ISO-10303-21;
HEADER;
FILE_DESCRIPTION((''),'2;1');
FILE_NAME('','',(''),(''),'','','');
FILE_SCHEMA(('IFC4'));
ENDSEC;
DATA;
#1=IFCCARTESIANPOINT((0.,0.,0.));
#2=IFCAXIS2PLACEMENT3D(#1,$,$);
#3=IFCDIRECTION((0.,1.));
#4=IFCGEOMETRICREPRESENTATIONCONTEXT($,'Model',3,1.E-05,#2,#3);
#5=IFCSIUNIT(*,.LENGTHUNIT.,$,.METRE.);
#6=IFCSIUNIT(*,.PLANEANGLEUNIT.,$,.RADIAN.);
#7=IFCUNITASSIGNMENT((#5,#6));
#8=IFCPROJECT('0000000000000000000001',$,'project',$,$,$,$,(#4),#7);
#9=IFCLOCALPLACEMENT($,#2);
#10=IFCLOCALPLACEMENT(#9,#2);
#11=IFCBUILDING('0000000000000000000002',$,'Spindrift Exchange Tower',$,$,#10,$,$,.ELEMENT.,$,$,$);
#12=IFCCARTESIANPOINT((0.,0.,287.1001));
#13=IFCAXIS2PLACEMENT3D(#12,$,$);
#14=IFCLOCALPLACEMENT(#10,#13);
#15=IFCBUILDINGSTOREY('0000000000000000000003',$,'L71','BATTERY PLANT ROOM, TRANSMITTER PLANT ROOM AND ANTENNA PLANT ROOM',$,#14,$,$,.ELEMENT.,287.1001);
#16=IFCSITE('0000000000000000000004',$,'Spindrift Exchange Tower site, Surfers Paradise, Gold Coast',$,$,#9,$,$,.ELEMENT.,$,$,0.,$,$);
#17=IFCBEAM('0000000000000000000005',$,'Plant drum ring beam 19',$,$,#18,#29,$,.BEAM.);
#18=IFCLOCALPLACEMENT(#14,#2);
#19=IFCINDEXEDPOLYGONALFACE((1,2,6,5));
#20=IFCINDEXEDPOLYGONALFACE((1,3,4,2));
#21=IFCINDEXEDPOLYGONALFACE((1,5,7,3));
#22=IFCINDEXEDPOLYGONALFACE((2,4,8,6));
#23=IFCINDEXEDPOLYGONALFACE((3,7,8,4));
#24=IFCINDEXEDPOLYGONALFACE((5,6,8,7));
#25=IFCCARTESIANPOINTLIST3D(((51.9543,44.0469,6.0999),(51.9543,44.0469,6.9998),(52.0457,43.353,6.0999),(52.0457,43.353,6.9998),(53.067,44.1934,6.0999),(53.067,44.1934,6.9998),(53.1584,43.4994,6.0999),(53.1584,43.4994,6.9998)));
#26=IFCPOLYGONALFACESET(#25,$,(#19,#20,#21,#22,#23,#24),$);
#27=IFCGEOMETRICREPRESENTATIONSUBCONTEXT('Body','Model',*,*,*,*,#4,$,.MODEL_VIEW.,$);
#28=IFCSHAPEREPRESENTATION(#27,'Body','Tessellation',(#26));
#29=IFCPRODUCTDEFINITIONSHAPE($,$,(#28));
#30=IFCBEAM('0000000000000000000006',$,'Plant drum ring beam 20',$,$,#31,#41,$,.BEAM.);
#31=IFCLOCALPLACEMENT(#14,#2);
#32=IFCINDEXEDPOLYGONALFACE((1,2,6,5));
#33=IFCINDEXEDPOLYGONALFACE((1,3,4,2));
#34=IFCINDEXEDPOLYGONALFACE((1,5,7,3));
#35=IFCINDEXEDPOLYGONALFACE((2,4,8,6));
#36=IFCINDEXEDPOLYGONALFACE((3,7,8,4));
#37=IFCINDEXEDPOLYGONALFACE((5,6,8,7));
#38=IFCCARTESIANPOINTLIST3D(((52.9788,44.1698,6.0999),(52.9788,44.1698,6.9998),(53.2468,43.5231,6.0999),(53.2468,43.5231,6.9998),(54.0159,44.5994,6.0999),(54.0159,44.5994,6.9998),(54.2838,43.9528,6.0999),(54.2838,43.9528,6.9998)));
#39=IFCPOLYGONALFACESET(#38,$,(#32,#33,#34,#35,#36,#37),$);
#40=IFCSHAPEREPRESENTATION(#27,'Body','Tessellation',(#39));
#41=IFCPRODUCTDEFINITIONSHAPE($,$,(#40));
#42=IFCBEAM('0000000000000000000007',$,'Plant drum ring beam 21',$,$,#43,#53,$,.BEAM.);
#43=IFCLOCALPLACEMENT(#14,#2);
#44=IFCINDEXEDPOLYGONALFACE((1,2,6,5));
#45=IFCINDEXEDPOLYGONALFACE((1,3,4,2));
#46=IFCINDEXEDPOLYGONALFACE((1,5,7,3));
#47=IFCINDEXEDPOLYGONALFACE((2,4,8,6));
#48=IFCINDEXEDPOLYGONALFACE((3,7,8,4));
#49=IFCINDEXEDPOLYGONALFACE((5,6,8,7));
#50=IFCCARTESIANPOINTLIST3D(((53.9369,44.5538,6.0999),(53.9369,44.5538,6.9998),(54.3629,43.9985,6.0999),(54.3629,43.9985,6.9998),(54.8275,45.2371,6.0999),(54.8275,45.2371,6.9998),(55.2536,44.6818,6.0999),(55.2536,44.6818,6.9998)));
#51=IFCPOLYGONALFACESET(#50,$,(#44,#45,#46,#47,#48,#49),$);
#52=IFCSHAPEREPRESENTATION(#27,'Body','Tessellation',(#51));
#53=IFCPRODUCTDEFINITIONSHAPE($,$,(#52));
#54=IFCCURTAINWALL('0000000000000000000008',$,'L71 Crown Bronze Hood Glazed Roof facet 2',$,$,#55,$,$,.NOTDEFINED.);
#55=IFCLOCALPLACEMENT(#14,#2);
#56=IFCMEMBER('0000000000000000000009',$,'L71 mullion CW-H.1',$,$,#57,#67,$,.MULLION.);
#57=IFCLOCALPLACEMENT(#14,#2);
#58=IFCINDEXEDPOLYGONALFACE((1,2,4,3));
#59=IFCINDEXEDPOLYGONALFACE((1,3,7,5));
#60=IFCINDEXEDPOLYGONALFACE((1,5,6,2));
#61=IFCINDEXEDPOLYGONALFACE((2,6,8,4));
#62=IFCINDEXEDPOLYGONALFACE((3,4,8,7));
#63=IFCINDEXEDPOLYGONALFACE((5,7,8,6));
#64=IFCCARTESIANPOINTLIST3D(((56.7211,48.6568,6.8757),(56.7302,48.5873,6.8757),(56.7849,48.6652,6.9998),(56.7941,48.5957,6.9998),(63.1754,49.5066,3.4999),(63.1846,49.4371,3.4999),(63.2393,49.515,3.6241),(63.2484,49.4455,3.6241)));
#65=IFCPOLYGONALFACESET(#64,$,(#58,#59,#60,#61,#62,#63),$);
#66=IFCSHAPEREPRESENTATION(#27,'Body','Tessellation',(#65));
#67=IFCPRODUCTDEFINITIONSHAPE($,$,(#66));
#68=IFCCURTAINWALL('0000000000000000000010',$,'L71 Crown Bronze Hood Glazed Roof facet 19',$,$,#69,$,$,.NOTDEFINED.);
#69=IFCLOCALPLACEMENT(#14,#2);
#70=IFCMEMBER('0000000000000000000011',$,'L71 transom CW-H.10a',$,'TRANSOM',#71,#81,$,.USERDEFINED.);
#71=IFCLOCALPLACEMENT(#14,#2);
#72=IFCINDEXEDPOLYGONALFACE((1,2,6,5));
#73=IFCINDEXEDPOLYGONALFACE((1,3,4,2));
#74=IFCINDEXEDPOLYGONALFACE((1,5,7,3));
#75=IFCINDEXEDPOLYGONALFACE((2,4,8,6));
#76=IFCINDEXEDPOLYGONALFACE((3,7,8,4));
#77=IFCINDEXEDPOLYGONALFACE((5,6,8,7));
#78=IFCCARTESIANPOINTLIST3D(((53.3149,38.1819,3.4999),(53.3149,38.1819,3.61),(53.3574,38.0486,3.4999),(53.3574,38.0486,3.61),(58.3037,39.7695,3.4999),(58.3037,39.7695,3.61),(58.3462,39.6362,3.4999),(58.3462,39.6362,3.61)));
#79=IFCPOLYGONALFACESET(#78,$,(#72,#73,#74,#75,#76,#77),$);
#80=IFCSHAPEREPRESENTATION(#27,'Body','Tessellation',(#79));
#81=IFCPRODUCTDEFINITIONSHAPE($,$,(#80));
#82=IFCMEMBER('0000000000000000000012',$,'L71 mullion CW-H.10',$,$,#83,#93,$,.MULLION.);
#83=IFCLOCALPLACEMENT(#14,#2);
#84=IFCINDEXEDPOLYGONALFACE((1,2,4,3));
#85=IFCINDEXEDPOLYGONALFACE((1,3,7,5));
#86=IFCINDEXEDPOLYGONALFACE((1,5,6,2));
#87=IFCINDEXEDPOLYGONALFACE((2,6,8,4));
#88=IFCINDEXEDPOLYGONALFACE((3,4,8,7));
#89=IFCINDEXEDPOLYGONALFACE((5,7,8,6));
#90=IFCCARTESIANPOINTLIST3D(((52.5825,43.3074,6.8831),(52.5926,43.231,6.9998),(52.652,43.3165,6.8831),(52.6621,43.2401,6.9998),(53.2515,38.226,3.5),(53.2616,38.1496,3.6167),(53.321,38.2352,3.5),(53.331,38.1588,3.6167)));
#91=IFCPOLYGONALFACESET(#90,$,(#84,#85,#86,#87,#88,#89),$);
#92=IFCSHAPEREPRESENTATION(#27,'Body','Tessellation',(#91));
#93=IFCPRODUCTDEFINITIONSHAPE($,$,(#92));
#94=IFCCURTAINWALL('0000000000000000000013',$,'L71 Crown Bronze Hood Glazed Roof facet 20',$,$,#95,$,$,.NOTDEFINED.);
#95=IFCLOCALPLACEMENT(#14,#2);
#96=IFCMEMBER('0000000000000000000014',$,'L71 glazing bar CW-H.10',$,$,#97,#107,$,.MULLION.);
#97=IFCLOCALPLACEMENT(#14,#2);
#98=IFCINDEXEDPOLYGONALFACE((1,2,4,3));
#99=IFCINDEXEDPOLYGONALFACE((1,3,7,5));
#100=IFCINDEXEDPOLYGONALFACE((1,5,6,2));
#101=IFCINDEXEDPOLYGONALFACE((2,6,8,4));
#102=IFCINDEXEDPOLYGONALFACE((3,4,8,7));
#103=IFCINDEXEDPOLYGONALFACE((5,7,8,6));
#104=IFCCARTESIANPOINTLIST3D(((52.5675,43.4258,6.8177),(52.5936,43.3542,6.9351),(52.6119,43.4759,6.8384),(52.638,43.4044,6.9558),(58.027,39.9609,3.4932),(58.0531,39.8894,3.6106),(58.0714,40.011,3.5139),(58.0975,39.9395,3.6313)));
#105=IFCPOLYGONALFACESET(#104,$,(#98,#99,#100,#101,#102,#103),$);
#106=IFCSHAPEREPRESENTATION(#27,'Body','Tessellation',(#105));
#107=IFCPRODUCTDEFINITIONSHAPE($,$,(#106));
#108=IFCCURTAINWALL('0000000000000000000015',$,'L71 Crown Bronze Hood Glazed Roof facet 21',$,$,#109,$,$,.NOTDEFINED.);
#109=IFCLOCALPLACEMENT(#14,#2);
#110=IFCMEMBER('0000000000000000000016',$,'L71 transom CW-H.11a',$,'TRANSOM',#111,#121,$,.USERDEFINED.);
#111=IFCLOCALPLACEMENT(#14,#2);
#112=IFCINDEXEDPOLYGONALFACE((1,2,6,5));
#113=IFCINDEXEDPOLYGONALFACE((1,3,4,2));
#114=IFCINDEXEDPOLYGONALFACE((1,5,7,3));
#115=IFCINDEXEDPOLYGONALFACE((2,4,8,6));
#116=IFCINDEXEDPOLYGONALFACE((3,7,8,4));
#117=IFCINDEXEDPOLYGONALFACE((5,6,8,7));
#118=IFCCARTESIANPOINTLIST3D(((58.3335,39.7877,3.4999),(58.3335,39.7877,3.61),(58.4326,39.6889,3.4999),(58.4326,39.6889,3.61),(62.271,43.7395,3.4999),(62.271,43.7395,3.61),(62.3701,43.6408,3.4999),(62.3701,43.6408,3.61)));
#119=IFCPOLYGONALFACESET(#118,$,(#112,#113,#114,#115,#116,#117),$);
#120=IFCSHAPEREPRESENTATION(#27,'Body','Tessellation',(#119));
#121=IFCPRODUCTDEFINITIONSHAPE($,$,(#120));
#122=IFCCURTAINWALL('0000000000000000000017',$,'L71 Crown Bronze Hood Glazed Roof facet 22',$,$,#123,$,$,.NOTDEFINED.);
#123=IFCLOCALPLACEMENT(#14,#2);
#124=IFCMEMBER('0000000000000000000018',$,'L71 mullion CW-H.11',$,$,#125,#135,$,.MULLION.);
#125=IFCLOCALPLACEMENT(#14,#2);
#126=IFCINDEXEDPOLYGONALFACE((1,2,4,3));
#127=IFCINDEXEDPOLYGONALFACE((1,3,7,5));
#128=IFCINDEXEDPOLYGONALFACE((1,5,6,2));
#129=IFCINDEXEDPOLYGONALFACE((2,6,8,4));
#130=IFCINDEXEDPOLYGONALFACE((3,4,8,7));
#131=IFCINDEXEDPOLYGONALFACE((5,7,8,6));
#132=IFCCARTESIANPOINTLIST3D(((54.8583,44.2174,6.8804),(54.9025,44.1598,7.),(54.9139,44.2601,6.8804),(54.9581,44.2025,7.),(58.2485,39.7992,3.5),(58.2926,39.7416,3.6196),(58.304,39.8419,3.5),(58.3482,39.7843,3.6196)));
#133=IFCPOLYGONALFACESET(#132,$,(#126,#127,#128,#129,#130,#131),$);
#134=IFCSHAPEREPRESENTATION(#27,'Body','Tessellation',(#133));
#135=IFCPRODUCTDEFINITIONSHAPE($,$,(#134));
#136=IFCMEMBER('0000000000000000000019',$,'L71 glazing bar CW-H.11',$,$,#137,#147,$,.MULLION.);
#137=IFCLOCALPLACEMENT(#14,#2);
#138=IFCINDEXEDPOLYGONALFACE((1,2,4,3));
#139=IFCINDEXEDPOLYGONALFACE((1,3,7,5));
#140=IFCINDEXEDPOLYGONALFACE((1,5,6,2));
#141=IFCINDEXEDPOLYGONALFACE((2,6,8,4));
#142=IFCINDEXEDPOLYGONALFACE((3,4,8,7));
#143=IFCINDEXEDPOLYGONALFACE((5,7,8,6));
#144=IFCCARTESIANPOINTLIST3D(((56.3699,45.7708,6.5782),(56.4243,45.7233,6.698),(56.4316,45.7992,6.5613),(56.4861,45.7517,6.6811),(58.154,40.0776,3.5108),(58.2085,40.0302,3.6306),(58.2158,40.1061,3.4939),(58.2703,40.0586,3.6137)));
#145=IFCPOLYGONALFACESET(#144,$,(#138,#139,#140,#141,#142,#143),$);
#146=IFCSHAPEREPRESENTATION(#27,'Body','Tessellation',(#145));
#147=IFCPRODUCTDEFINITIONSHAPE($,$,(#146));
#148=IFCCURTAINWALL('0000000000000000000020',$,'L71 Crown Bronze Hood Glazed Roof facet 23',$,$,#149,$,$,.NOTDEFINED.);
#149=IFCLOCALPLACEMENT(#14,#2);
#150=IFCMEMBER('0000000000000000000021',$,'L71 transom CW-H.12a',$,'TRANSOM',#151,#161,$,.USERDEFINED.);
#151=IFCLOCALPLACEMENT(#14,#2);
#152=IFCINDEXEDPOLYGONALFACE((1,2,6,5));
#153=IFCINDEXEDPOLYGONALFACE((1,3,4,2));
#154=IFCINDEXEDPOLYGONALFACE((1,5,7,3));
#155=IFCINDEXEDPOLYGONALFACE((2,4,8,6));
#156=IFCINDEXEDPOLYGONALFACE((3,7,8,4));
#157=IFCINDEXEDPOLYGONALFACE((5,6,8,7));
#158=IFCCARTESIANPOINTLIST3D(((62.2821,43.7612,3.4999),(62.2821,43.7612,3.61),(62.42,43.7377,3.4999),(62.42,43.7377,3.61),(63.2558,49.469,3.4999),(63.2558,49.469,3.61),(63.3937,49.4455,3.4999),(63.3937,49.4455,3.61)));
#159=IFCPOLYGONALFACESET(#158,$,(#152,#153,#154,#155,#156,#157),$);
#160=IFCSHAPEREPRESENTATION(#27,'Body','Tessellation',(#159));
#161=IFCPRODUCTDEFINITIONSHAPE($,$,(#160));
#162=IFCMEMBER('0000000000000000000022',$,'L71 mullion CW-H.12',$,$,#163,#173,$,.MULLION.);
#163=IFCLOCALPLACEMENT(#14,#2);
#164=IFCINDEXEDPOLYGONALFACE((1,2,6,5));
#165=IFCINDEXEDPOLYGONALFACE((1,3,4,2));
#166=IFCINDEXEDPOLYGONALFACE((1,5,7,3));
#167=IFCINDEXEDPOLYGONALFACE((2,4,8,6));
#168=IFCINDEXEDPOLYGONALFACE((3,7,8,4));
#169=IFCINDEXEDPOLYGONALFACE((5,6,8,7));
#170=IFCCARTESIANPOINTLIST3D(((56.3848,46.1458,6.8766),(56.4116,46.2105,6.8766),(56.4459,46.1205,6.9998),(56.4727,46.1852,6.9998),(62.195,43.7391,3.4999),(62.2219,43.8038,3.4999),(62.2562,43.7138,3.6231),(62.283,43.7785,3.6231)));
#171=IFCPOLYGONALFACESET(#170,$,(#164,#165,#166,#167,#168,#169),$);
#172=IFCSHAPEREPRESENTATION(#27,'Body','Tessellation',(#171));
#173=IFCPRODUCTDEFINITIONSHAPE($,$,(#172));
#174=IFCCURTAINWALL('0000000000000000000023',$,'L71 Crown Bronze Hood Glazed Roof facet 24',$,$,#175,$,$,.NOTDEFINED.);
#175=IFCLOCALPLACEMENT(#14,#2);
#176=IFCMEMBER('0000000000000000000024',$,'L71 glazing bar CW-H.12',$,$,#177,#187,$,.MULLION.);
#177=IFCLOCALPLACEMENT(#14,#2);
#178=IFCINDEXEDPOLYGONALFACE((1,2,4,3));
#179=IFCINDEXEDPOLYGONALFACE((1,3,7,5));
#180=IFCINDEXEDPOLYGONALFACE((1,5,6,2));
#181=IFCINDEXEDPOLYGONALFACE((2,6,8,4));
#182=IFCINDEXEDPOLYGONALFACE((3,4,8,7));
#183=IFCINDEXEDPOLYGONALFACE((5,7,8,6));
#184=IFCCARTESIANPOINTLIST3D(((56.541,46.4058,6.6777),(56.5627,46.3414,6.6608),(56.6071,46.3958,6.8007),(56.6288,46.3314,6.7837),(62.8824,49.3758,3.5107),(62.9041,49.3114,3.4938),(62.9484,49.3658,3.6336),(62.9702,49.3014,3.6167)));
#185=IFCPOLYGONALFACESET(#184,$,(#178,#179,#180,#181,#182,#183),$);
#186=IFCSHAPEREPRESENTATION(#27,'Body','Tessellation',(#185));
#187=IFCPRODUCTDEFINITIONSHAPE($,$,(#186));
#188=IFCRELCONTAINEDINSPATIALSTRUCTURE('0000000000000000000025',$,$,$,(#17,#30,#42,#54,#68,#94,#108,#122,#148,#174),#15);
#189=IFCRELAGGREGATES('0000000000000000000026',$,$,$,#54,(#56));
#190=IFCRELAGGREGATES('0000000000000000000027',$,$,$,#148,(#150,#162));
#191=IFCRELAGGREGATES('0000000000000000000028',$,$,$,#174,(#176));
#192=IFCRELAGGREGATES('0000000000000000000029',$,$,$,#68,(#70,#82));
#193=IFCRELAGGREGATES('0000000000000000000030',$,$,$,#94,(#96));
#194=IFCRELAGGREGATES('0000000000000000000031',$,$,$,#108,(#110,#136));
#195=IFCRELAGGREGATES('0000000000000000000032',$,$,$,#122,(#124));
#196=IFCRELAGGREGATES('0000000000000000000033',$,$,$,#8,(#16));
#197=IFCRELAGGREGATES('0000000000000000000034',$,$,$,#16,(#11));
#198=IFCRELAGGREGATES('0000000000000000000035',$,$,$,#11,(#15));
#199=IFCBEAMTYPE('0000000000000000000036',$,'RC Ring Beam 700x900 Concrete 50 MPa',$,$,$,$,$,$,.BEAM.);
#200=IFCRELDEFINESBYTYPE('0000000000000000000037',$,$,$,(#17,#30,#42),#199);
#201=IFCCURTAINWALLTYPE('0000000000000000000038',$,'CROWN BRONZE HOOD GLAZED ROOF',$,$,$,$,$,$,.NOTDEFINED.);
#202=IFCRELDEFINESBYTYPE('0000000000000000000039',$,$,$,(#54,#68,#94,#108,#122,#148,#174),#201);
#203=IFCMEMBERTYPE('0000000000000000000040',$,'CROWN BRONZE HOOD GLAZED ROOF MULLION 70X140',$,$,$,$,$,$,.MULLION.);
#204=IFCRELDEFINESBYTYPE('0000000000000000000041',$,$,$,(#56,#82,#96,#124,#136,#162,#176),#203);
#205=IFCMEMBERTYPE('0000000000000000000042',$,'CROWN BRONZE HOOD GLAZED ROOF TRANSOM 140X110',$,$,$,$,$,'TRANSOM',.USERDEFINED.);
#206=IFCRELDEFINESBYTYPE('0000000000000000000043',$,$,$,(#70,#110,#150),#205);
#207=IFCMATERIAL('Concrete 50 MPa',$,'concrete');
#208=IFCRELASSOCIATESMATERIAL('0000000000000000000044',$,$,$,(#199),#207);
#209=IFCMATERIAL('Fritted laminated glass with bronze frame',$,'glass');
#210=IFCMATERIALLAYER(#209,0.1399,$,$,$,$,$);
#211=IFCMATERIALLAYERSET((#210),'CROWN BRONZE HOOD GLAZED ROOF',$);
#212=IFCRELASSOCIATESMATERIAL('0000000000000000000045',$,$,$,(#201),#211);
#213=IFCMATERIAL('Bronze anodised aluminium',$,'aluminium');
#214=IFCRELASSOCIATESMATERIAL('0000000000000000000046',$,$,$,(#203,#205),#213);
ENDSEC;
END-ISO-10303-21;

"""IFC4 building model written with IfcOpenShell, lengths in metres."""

from ifc_helpers import new_model, si_unit, direction, frame, origin, origin_2d, place, context, subcontext, project, spatial, rectangle, extrude, source, transform, mapped, material, layer, layer_set, material_profile, profile_set, type_object, element, aggregate, save


model = new_model("IFC4")

# Units and contexts
model_context = context("Model", 3, precision=1e-05, world=origin(), true_north=direction((0.0, 1.0)))
body_context = subcontext(model_context, "Body", "Model", "MODEL_VIEW")
ifc_project = project(units=[si_unit("LENGTHUNIT", "METRE"), si_unit("PLANEANGLEUNIT", "RADIAN")], contexts=[model_context])

# Site, building, storey
site_placement = place(None, origin())
site = spatial("IfcSite", under=ifc_project, at=site_placement, Name="Spindrift Exchange Tower site, Surfers Paradise, Gold Coast", CompositionType="ELEMENT", RefElevation=0.0)
building_placement = place(site_placement, origin())
building = spatial("IfcBuilding", under=site, at=building_placement, Name="Spindrift Exchange Tower", CompositionType="ELEMENT")
storey_placement = place(building_placement, frame((0.0, 0.0, 287.1001)))
storey = spatial("IfcBuildingStorey", under=building, at=storey_placement, Name="L71", Description="BATTERY PLANT ROOM, TRANSMITTER PLANT ROOM AND ANTENNA PLANT ROOM", CompositionType="ELEMENT", Elevation=287.1001)

# Beams
ifc_material_1 = material(Name="Concrete 50 MPa", Category="concrete")
ifc_material_profile_1 = material_profile(ifc_material_1, rectangle(XDim=0.7, YDim=0.8999, at=origin_2d()), Name="RC 700x900")
ifc_profile_set_1 = profile_set([ifc_material_profile_1], Name="Concrete 50 MPa")
beam_type = type_object("IfcBeamType", Name="RC Ring Beam 700x900 Concrete 50 MPa", PredefinedType="BEAM", material=ifc_profile_set_1)
shared_shape_1 = source(origin(), body_context, "Body", "SweptSolid", [
    extrude(rectangle(XDim=0.7, YDim=0.8999, at=origin_2d()), origin(), (0.0, 0.0, 1.0), 1.1223),
])
beam_placement = place(storey_placement, frame((52.0, 43.7, 6.5498), z_axis=(0.991447, 0.130511, 0.0), x_axis=(-0.130511, 0.991447, 0.0)))
element("IfcBeam", 1, at=beam_placement, inside=storey, type_object=beam_type, Name="Plant drum ring beam 19", PredefinedType="BEAM", context=body_context, shape_type="MappedRepresentation", body=[
    mapped(shared_shape_1, transform((0.0, 0.0, 0.0), scale=1.0)),
])
shared_shape_2 = source(origin(), body_context, "Body", "SweptSolid", [
    extrude(rectangle(XDim=0.7, YDim=0.8999, at=origin_2d()), origin(), (0.0, 0.0, 1.0), 1.1226),
])
for number, where, z_axis, x_axis, name in (
    (2, (53.1128, 43.8464, 6.5498), (0.923847, 0.382762, 0.0), (-0.382762, 0.923847, 0.0), "Plant drum ring beam 20"),
    (3, (54.1499, 44.2761, 6.5498), (0.793375, 0.608733, 0.0), (-0.608733, 0.793375, 0.0), "Plant drum ring beam 21"),
):
    element("IfcBeam", number, at=place(storey_placement, frame(where, z_axis=z_axis, x_axis=x_axis)), inside=storey, type_object=beam_type, Name=name, PredefinedType="BEAM", context=body_context, shape_type="MappedRepresentation", body=[
        mapped(shared_shape_2, transform((0.0, 0.0, 0.0), scale=1.0)),
    ])

# Curtain wall, member
ifc_material_2 = material(Name="Fritted laminated glass with bronze frame", Category="glass")
ifc_layer_1 = layer(ifc_material_2, 0.1399)
ifc_layer_set_1 = layer_set([ifc_layer_1], Name="CROWN BRONZE HOOD GLAZED ROOF")
curtain_wall_type = type_object("IfcCurtainWallType", Name="CROWN BRONZE HOOD GLAZED ROOF", PredefinedType="NOTDEFINED", material=ifc_layer_set_1)
curtain_wall_1_placement = place(storey_placement, origin())
curtain_wall_1 = element("IfcCurtainWall", 4, at=curtain_wall_1_placement, inside=storey, type_object=curtain_wall_type, Name="L71 Crown Bronze Hood Glazed Roof facet 2", PredefinedType="NOTDEFINED")
ifc_material_3 = material(Name="Bronze anodised aluminium", Category="aluminium")
ifc_material_profile_2 = material_profile(ifc_material_3, rectangle(XDim=0.0701, YDim=0.1399, at=origin_2d()), Name="CROWN BRONZE HOOD GLAZED ROOF MULLION 70X140")
ifc_profile_set_2 = profile_set([ifc_material_profile_2], Name="Bronze anodised aluminium")
member_type_1 = type_object("IfcMemberType", Name="CROWN BRONZE HOOD GLAZED ROOF MULLION 70X140", PredefinedType="MULLION", material=ifc_profile_set_2)
shared_shape_3 = source(origin(), body_context, "Body", "SweptSolid", [
    extrude(rectangle(XDim=0.0701, YDim=0.1399, at=origin_2d()), origin(), (0.0, 0.0, 1.0), 7.3333),
])
member_1_placement = place(storey_placement, frame((63.2119, 49.4761, 3.562), z_axis=(-0.880149, -0.115891, 0.460333), x_axis=(0.130545, -0.991442, 0.0)))
member_1 = element("IfcMember", 5, at=member_1_placement, type_object=member_type_1, Name="L71 mullion CW-H.1", PredefinedType="MULLION", context=body_context, shape_type="MappedRepresentation", body=[
    mapped(shared_shape_3, transform((0.0, 0.0, 0.0), scale=1.0)),
])
aggregate(curtain_wall_1, [member_1])

# Curtain wall, members
curtain_wall_2_placement = place(storey_placement, origin())
curtain_wall_2 = element("IfcCurtainWall", 6, at=curtain_wall_2_placement, inside=storey, type_object=curtain_wall_type, Name="L71 Crown Bronze Hood Glazed Roof facet 19", PredefinedType="NOTDEFINED")
ifc_material_profile_3 = material_profile(ifc_material_3, rectangle(XDim=0.1399, YDim=0.1101, at=origin_2d()), Name="CROWN BRONZE HOOD GLAZED ROOF TRANSOM 140X110")
ifc_profile_set_3 = profile_set([ifc_material_profile_3], Name="Bronze anodised aluminium")
member_type_2 = type_object("IfcMemberType", Name="CROWN BRONZE HOOD GLAZED ROOF TRANSOM 140X110", ElementType="TRANSOM", PredefinedType="USERDEFINED", material=ifc_profile_set_3)
shared_shape_4 = source(origin(), body_context, "Body", "SweptSolid", [
    extrude(rectangle(XDim=0.1399, YDim=0.1101, at=origin_2d()), origin(), (0.0, 0.0, 1.0), 5.2354),
])
member_2_placement = place(storey_placement, frame((58.325, 39.7029, 3.5549), z_axis=(-0.952909, -0.303258, 0.0), x_axis=(0.303258, -0.952909, 0.0)))
member_2 = element("IfcMember", 7, at=member_2_placement, type_object=member_type_2, Name="L71 transom CW-H.10a", ObjectType="TRANSOM", PredefinedType="USERDEFINED", context=body_context, shape_type="MappedRepresentation", body=[
    mapped(shared_shape_4, transform((0.0, 0.0, 0.0), scale=1.0)),
])
shared_shape_5 = source(origin(), body_context, "Body", "SweptSolid", [
    extrude(rectangle(XDim=0.0701, YDim=0.1399, at=origin_2d()), origin(), (0.0, 0.0, 1.0), 6.1411),
])
member_3_placement = place(storey_placement, frame((53.2913, 38.1924, 3.5583), z_axis=(-0.108931, 0.827435, 0.550895), x_axis=(-0.991445, -0.130522, 0.0)))
member_3 = element("IfcMember", 8, at=member_3_placement, type_object=member_type_1, Name="L71 mullion CW-H.10", PredefinedType="MULLION", context=body_context, shape_type="MappedRepresentation", body=[
    mapped(shared_shape_5, transform((0.0, 0.0, 0.0), scale=1.0)),
])

# Curtain walls, members
curtain_wall_3_placement = place(storey_placement, origin())
curtain_wall_3 = element("IfcCurtainWall", 9, at=curtain_wall_3_placement, inside=storey, type_object=curtain_wall_type, Name="L71 Crown Bronze Hood Glazed Roof facet 20", PredefinedType="NOTDEFINED")
shared_shape_6 = source(origin(), body_context, "Body", "SweptSolid", [
    extrude(rectangle(XDim=0.0701, YDim=0.1399, at=origin_2d()), origin(), (0.0, 0.0, 1.0), 7.2708),
])
member_4_placement = place(storey_placement, frame((58.0623, 39.9502, 3.5623), z_axis=(-0.750887, 0.476549, 0.457241), x_axis=(-0.633601, -0.715141, -0.295168)))
member_4 = element("IfcMember", 10, at=member_4_placement, type_object=member_type_1, Name="L71 glazing bar CW-H.10", PredefinedType="MULLION", context=body_context, shape_type="MappedRepresentation", body=[
    mapped(shared_shape_6, transform((0.0, 0.0, 0.0), scale=1.0)),
])
curtain_wall_4_placement = place(storey_placement, origin())
curtain_wall_4 = element("IfcCurtainWall", 11, at=curtain_wall_4_placement, inside=storey, type_object=curtain_wall_type, Name="L71 Crown Bronze Hood Glazed Roof facet 21", PredefinedType="NOTDEFINED")
shared_shape_7 = source(origin(), body_context, "Body", "SweptSolid", [
    extrude(rectangle(XDim=0.1399, YDim=0.1101, at=origin_2d()), origin(), (0.0, 0.0, 1.0), 5.5786),
])
member_5_placement = place(storey_placement, frame((58.3831, 39.7383, 3.5549), z_axis=(0.705815, 0.708397, 0.0), x_axis=(-0.708397, 0.705815, 0.0)))
member_5 = element("IfcMember", 12, at=member_5_placement, type_object=member_type_2, Name="L71 transom CW-H.11a", ObjectType="TRANSOM", PredefinedType="USERDEFINED", context=body_context, shape_type="MappedRepresentation", body=[
    mapped(shared_shape_7, transform((0.0, 0.0, 0.0), scale=1.0)),
])
curtain_wall_5_placement = place(storey_placement, origin())
curtain_wall_5 = element("IfcCurtainWall", 13, at=curtain_wall_5_placement, inside=storey, type_object=curtain_wall_type, Name="L71 Crown Bronze Hood Glazed Roof facet 22", PredefinedType="NOTDEFINED")
shared_shape_8 = source(origin(), body_context, "Body", "SweptSolid", [
    extrude(rectangle(XDim=0.0701, YDim=0.1399, at=origin_2d()), origin(), (0.0, 0.0, 1.0), 6.5146),
])
member_6_placement = place(storey_placement, frame((58.2983, 39.7917, 3.5598), z_axis=(-0.520387, 0.678197, 0.518888), x_axis=(-0.79336, -0.608753, 0.0)))
member_6 = element("IfcMember", 14, at=member_6_placement, type_object=member_type_1, Name="L71 mullion CW-H.11", PredefinedType="MULLION", context=body_context, shape_type="MappedRepresentation", body=[
    mapped(shared_shape_8, transform((0.0, 0.0, 0.0), scale=1.0)),
])

# Member
shared_shape_9 = source(origin(), body_context, "Body", "SweptSolid", [
    extrude(rectangle(XDim=0.0701, YDim=0.1399, at=origin_2d()), origin(), (0.0, 0.0, 1.0), 6.7085),
])
member_7_placement = place(storey_placement, frame((58.2122, 40.0681, 3.5623), z_axis=(-0.265959, 0.848645, 0.45724), x_axis=(-0.881923, -0.40571, 0.240025)))
member_7 = element("IfcMember", 15, at=member_7_placement, type_object=member_type_1, Name="L71 glazing bar CW-H.11", PredefinedType="MULLION", context=body_context, shape_type="MappedRepresentation", body=[
    mapped(shared_shape_9, transform((0.0, 0.0, 0.0), scale=1.0)),
])

# Curtain wall, members
curtain_wall_6_placement = place(storey_placement, origin())
curtain_wall_6 = element("IfcCurtainWall", 16, at=curtain_wall_6_placement, inside=storey, type_object=curtain_wall_type, Name="L71 Crown Bronze Hood Glazed Roof facet 23", PredefinedType="NOTDEFINED")
shared_shape_10 = source(origin(), body_context, "Body", "SweptSolid", [
    extrude(rectangle(XDim=0.1399, YDim=0.1101, at=origin_2d()), origin(), (0.0, 0.0, 1.0), 5.7903),
])
member_8_placement = place(storey_placement, frame((63.3247, 49.4573, 3.5549), z_axis=(-0.168152, -0.985761, 0.0), x_axis=(0.985761, -0.168152, 0.0)))
member_8 = element("IfcMember", 17, at=member_8_placement, type_object=member_type_2, Name="L71 transom CW-H.12a", ObjectType="TRANSOM", PredefinedType="USERDEFINED", context=body_context, shape_type="MappedRepresentation", body=[
    mapped(shared_shape_10, transform((0.0, 0.0, 0.0), scale=1.0)),
])
shared_shape_11 = source(origin(), body_context, "Body", "SweptSolid", [
    extrude(rectangle(XDim=0.0701, YDim=0.1399, at=origin_2d()), origin(), (0.0, 0.0, 1.0), 7.1382),
])
member_9_placement = place(storey_placement, frame((62.239, 43.7588, 3.5615), z_axis=(-0.813971, 0.337162, 0.473046), x_axis=(-0.382688, -0.923878, 0.0)))
member_9 = element("IfcMember", 18, at=member_9_placement, type_object=member_type_1, Name="L71 mullion CW-H.12", PredefinedType="MULLION", context=body_context, shape_type="MappedRepresentation", body=[
    mapped(shared_shape_11, transform((0.0, 0.0, 0.0), scale=1.0)),
])
aggregate(curtain_wall_6, [member_8, member_9])

# Curtain wall, member
curtain_wall_7_placement = place(storey_placement, origin())
curtain_wall_7 = element("IfcCurtainWall", 19, at=curtain_wall_7_placement, inside=storey, type_object=curtain_wall_type, Name="L71 Crown Bronze Hood Glazed Roof facet 24", PredefinedType="NOTDEFINED")
shared_shape_12 = source(origin(), body_context, "Body", "SweptSolid", [
    extrude(rectangle(XDim=0.0701, YDim=0.1399, at=origin_2d()), origin(), (0.0, 0.0, 1.0), 7.6853),
])
member_10_placement = place(storey_placement, frame((62.9263, 49.3386, 3.5637), z_axis=(-0.825129, -0.386452, 0.412088), x_axis=(0.310094, -0.91954, -0.241429)))
member_10 = element("IfcMember", 20, at=member_10_placement, type_object=member_type_1, Name="L71 glazing bar CW-H.12", PredefinedType="MULLION", context=body_context, shape_type="MappedRepresentation", body=[
    mapped(shared_shape_12, transform((0.0, 0.0, 0.0), scale=1.0)),
])
aggregate(curtain_wall_7, [member_10])

aggregate(curtain_wall_2, [member_2, member_3])
aggregate(curtain_wall_3, [member_4])
aggregate(curtain_wall_4, [member_5, member_7])
aggregate(curtain_wall_5, [member_6])

save(model, "model.ifc")
